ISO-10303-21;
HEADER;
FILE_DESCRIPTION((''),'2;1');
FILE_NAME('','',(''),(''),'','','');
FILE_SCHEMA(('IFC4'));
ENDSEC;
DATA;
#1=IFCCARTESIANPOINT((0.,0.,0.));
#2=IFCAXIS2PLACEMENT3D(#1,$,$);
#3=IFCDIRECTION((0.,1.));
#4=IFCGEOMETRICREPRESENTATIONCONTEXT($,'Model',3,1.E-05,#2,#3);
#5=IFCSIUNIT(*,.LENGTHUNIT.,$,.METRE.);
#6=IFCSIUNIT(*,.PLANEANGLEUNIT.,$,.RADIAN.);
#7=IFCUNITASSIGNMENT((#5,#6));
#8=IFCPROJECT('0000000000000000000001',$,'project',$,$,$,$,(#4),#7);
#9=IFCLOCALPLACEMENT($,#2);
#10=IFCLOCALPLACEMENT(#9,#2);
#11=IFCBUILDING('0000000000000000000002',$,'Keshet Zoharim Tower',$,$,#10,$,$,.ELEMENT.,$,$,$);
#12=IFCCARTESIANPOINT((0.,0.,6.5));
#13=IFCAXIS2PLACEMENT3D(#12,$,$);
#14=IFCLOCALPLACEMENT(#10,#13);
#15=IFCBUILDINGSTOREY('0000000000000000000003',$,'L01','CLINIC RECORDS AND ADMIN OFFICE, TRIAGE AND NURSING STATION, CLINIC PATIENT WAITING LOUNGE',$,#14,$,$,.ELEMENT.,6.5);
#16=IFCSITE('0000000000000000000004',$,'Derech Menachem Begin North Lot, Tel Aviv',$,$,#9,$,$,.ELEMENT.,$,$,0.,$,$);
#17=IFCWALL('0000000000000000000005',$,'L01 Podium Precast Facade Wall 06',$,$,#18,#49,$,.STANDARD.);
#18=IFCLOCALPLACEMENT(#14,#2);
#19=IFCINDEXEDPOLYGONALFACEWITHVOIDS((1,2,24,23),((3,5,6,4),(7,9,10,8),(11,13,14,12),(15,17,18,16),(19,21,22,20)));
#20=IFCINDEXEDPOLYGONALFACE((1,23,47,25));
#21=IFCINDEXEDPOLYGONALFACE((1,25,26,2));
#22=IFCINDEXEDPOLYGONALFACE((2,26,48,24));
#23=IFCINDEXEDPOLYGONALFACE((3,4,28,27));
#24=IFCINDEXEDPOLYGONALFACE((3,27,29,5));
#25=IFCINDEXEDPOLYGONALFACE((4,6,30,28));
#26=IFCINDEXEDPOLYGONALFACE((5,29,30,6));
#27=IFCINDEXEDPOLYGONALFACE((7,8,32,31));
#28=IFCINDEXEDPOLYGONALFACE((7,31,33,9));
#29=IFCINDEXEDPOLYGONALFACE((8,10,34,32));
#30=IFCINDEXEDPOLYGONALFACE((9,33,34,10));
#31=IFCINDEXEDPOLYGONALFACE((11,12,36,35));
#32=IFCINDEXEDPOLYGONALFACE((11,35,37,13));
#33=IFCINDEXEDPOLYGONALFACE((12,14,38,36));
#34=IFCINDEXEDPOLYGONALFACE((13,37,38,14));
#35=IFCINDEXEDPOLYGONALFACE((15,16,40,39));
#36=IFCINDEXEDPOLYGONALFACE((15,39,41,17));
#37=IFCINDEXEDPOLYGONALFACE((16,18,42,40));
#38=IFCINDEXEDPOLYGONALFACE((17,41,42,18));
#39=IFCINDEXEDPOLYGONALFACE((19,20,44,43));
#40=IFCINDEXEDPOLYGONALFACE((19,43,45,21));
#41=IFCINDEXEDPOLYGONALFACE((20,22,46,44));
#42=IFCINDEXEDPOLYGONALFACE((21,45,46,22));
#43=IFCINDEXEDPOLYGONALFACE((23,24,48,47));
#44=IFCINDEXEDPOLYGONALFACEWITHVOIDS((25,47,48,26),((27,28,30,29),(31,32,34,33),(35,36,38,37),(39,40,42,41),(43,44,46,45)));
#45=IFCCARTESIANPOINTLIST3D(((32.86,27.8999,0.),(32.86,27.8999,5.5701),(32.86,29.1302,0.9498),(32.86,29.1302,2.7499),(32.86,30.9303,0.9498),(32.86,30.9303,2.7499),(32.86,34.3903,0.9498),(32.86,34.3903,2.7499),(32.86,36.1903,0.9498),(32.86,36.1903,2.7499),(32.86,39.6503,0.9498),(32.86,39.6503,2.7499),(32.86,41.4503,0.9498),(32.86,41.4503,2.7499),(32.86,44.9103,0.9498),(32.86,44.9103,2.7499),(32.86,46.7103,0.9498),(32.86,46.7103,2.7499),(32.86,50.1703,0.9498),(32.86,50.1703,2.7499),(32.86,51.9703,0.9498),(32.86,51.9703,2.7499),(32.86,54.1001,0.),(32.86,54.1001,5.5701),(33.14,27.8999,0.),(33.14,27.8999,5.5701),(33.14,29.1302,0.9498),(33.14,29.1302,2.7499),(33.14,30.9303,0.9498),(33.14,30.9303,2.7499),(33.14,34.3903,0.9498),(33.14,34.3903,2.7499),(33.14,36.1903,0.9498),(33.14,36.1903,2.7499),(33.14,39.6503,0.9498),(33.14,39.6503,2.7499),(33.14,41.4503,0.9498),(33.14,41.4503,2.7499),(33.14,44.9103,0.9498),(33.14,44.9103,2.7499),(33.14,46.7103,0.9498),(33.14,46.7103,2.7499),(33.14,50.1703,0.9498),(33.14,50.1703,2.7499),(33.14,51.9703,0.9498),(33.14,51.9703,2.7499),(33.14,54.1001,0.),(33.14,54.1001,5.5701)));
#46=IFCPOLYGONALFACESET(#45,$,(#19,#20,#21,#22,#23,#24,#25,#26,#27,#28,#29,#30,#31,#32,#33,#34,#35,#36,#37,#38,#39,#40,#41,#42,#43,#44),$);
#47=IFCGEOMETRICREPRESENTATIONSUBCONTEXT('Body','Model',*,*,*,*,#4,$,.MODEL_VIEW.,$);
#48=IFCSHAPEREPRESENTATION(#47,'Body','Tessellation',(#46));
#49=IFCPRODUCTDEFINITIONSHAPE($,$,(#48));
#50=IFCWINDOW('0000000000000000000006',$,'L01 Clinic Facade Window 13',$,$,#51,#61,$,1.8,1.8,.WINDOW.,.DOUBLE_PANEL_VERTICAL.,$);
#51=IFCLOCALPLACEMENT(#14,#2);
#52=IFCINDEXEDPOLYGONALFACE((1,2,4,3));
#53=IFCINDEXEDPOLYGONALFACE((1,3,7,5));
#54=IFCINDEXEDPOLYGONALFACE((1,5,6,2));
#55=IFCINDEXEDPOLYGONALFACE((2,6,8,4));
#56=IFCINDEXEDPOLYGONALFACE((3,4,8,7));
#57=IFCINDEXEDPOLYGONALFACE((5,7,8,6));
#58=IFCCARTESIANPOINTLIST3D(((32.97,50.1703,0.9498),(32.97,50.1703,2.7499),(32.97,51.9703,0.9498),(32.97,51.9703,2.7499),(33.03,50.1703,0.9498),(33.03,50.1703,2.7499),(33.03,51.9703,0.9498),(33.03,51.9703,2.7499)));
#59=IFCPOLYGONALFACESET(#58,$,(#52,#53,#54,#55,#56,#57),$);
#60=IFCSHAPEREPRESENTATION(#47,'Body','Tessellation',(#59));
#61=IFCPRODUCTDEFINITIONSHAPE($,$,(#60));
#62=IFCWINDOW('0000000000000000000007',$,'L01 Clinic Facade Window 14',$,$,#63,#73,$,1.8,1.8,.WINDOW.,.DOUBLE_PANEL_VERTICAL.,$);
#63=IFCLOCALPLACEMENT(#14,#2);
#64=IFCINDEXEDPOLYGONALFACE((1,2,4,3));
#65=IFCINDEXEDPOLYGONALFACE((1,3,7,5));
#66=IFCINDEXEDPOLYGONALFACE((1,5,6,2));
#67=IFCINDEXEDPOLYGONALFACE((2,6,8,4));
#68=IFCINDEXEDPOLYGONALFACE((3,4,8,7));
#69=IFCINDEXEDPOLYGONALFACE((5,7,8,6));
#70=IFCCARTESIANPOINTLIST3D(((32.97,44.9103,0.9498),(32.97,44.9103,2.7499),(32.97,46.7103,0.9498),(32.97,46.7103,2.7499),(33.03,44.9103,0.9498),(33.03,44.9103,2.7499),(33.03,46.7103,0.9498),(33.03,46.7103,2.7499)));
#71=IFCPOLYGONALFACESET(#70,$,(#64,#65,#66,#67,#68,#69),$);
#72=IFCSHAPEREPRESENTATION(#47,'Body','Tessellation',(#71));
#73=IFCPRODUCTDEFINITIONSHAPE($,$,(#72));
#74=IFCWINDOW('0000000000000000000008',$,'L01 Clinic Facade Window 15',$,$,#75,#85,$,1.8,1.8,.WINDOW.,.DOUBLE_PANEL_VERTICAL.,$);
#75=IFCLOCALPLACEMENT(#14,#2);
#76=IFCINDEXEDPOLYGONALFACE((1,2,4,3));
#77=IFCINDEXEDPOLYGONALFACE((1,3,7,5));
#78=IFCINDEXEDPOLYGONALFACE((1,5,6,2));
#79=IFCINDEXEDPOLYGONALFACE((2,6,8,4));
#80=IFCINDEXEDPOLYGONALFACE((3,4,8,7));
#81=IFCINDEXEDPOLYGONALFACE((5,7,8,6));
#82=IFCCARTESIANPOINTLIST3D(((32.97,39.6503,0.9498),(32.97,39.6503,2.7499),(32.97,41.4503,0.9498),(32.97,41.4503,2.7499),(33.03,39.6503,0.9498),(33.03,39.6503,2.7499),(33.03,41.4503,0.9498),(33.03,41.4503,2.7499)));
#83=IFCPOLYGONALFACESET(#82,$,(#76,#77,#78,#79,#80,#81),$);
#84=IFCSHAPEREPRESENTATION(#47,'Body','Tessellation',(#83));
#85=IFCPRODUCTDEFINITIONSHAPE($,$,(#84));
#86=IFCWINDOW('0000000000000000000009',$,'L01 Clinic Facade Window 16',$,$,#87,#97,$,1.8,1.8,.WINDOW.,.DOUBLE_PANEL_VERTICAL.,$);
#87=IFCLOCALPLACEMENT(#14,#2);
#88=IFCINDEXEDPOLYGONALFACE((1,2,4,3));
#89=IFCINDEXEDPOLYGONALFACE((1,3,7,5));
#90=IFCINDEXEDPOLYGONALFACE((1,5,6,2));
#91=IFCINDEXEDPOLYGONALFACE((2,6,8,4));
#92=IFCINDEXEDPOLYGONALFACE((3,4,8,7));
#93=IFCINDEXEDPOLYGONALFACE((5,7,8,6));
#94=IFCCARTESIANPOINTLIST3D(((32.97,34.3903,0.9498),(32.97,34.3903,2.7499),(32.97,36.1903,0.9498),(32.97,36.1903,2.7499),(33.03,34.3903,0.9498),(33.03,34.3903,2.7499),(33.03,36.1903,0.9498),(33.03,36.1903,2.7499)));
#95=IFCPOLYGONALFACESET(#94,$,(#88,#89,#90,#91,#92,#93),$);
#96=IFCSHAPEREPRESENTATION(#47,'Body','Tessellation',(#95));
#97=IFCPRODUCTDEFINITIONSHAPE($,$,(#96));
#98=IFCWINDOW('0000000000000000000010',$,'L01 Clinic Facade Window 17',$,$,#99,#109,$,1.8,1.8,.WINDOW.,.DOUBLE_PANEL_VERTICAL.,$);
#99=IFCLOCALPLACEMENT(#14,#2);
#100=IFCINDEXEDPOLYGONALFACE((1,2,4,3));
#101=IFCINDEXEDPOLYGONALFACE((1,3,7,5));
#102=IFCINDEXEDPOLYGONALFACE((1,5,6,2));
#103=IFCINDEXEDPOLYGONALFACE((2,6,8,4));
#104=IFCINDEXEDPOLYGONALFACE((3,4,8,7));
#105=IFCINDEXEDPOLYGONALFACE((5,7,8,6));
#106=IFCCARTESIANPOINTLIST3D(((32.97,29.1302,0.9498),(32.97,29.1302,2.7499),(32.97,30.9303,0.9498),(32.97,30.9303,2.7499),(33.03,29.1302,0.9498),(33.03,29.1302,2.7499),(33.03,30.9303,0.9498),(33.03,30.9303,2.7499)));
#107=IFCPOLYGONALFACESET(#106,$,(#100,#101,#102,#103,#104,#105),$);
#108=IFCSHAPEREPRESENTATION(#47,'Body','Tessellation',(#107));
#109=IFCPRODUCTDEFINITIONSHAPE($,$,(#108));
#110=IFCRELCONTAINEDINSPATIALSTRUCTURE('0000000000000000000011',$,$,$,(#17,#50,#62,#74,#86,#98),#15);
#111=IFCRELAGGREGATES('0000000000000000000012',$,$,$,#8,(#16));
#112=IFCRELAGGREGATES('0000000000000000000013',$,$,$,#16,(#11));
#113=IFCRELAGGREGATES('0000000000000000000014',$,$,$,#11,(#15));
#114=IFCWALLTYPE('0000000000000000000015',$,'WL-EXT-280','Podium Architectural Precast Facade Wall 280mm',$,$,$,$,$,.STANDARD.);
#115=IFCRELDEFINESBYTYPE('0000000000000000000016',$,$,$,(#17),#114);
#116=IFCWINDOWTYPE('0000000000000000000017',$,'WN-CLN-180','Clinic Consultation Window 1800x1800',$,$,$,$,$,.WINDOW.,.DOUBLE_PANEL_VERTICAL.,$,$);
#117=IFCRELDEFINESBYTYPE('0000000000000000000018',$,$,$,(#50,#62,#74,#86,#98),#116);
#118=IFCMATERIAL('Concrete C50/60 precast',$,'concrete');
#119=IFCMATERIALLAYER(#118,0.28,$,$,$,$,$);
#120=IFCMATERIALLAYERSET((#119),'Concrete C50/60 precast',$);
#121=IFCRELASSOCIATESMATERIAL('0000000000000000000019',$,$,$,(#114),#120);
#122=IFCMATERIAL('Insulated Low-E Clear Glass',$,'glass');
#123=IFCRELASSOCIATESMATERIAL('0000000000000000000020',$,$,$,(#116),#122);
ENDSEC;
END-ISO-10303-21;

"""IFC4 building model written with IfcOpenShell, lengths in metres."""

from ifc_helpers import new_model, si_unit, direction, frame, frame_2d, origin, place, context, subcontext, project, spatial, rectangle, extrude, material, layer, layer_set, type_object, element, fill, save


model = new_model("IFC4")

# Units and contexts
model_context = context("Model", 3, precision=1e-05, world=origin(), true_north=direction((0.0, 1.0)))
body_context = subcontext(model_context, "Body", "Model", "MODEL_VIEW")
ifc_project = project(units=[si_unit("LENGTHUNIT", "METRE"), si_unit("PLANEANGLEUNIT", "RADIAN")], contexts=[model_context])

# Site, building, storey
site_placement = place(None, origin())
site = spatial("IfcSite", under=ifc_project, at=site_placement, Name="Derech Menachem Begin North Lot, Tel Aviv", CompositionType="ELEMENT", RefElevation=0.0)
building_placement = place(site_placement, origin())
building = spatial("IfcBuilding", under=site, at=building_placement, Name="Keshet Zoharim Tower", CompositionType="ELEMENT")
storey_placement = place(building_placement, frame((0.0, 0.0, 6.5)))
storey = spatial("IfcBuildingStorey", under=building, at=storey_placement, Name="L01", Description="CLINIC RECORDS AND ADMIN OFFICE, TRIAGE AND NURSING STATION, CLINIC PATIENT WAITING LOUNGE", CompositionType="ELEMENT", Elevation=6.5)

# Wall, openings, windows
ifc_material_1 = material(Name="Concrete C50/60 precast", Category="concrete")
ifc_layer = layer(ifc_material_1, 0.28)
ifc_layer_set = layer_set([ifc_layer], Name="Concrete C50/60 precast")
wall_type = type_object("IfcWallType", Name="WL-EXT-280", Description="Podium Architectural Precast Facade Wall 280mm", PredefinedType="STANDARD", material=ifc_layer_set)
wall_placement = place(storey_placement, frame((33.0, 54.1001, 0.0), z_axis=(0.0, 0.0, 1.0), x_axis=(0.0, -1.0, 0.0)))
wall = element("IfcWall", 1, at=wall_placement, inside=storey, type_object=wall_type, Name="L01 Podium Precast Facade Wall 06", PredefinedType="STANDARD", context=body_context, shape_type="SweptSolid", body=[
    extrude(rectangle(XDim=26.2002, YDim=0.28, at=frame_2d((13.1001, 0.0))), origin(), (0.0, 0.0, 1.0), 5.5701),
])
opening_1_placement = place(wall_placement, frame((2.1299, 0.0, 0.95)))
opening_1 = element("IfcOpeningElement", 2, at=opening_1_placement, cuts=wall, PredefinedType="OPENING", context=body_context, shape_type="SweptSolid", body=[
    extrude(rectangle(XDim=1.8, YDim=1.8, at=frame_2d((0.8999, 0.8999))), frame((0.0, 0.1499, 0.0), z_axis=(0.0, -1.0, 0.0), x_axis=(1.0, 0.0, 0.0)), (0.0, 0.0, 1.0), 0.3),
])
opening_2_placement = place(wall_placement, frame((7.3899, 0.0, 0.95)))
opening_2 = element("IfcOpeningElement", 3, at=opening_2_placement, cuts=wall, PredefinedType="OPENING", context=body_context, shape_type="SweptSolid", body=[
    extrude(rectangle(XDim=1.8, YDim=1.8, at=frame_2d((0.8999, 0.8999))), frame((0.0, 0.1499, 0.0), z_axis=(0.0, -1.0, 0.0), x_axis=(1.0, 0.0, 0.0)), (0.0, 0.0, 1.0), 0.3),
])
opening_3_placement = place(wall_placement, frame((12.6499, 0.0, 0.95)))
opening_3 = element("IfcOpeningElement", 4, at=opening_3_placement, cuts=wall, PredefinedType="OPENING", context=body_context, shape_type="SweptSolid", body=[
    extrude(rectangle(XDim=1.8, YDim=1.8, at=frame_2d((0.8999, 0.8999))), frame((0.0, 0.1499, 0.0), z_axis=(0.0, -1.0, 0.0), x_axis=(1.0, 0.0, 0.0)), (0.0, 0.0, 1.0), 0.3),
])
opening_4_placement = place(wall_placement, frame((17.9099, 0.0, 0.95)))
opening_4 = element("IfcOpeningElement", 5, at=opening_4_placement, cuts=wall, PredefinedType="OPENING", context=body_context, shape_type="SweptSolid", body=[
    extrude(rectangle(XDim=1.8, YDim=1.8, at=frame_2d((0.8999, 0.8999))), frame((0.0, 0.1499, 0.0), z_axis=(0.0, -1.0, 0.0), x_axis=(1.0, 0.0, 0.0)), (0.0, 0.0, 1.0), 0.3),
])
opening_5_placement = place(wall_placement, frame((23.1699, 0.0, 0.95)))
opening_5 = element("IfcOpeningElement", 6, at=opening_5_placement, cuts=wall, PredefinedType="OPENING", context=body_context, shape_type="SweptSolid", body=[
    extrude(rectangle(XDim=1.8, YDim=1.8, at=frame_2d((0.8999, 0.8999))), frame((0.0, 0.1499, 0.0), z_axis=(0.0, -1.0, 0.0), x_axis=(1.0, 0.0, 0.0)), (0.0, 0.0, 1.0), 0.3),
])
ifc_material_2 = material(Name="Insulated Low-E Clear Glass", Category="glass")
window_type = type_object("IfcWindowType", Name="WN-CLN-180", Description="Clinic Consultation Window 1800x1800", PartitioningType="DOUBLE_PANEL_VERTICAL", PredefinedType="WINDOW", material=ifc_material_2)
window_1_placement = place(opening_1_placement, origin())
window_1 = element("IfcWindow", 7, at=window_1_placement, inside=storey, type_object=window_type, Name="L01 Clinic Facade Window 13", OverallHeight=1.8, OverallWidth=1.8, PartitioningType="DOUBLE_PANEL_VERTICAL", PredefinedType="WINDOW", context=body_context, shape_type="SweptSolid", body=[
    extrude(rectangle(XDim=1.8, YDim=1.8, at=frame_2d((0.8999, 0.8999))), frame((0.0, 0.03, 0.0), z_axis=(0.0, -1.0, 0.0), x_axis=(1.0, 0.0, 0.0)), (0.0, 0.0, 1.0), 0.0601),
])
fill(opening_1, window_1)
window_2_placement = place(opening_2_placement, origin())
window_2 = element("IfcWindow", 8, at=window_2_placement, inside=storey, type_object=window_type, Name="L01 Clinic Facade Window 14", OverallHeight=1.8, OverallWidth=1.8, PartitioningType="DOUBLE_PANEL_VERTICAL", PredefinedType="WINDOW", context=body_context, shape_type="SweptSolid", body=[
    extrude(rectangle(XDim=1.8, YDim=1.8, at=frame_2d((0.8999, 0.8999))), frame((0.0, 0.03, 0.0), z_axis=(0.0, -1.0, 0.0), x_axis=(1.0, 0.0, 0.0)), (0.0, 0.0, 1.0), 0.0601),
])
fill(opening_2, window_2)
window_3_placement = place(opening_3_placement, origin())
window_3 = element("IfcWindow", 9, at=window_3_placement, inside=storey, type_object=window_type, Name="L01 Clinic Facade Window 15", OverallHeight=1.8, OverallWidth=1.8, PartitioningType="DOUBLE_PANEL_VERTICAL", PredefinedType="WINDOW", context=body_context, shape_type="SweptSolid", body=[
    extrude(rectangle(XDim=1.8, YDim=1.8, at=frame_2d((0.8999, 0.8999))), frame((0.0, 0.03, 0.0), z_axis=(0.0, -1.0, 0.0), x_axis=(1.0, 0.0, 0.0)), (0.0, 0.0, 1.0), 0.0601),
])
fill(opening_3, window_3)
window_4_placement = place(opening_4_placement, origin())
window_4 = element("IfcWindow", 10, at=window_4_placement, inside=storey, type_object=window_type, Name="L01 Clinic Facade Window 16", OverallHeight=1.8, OverallWidth=1.8, PartitioningType="DOUBLE_PANEL_VERTICAL", PredefinedType="WINDOW", context=body_context, shape_type="SweptSolid", body=[
    extrude(rectangle(XDim=1.8, YDim=1.8, at=frame_2d((0.8999, 0.8999))), frame((0.0, 0.03, 0.0), z_axis=(0.0, -1.0, 0.0), x_axis=(1.0, 0.0, 0.0)), (0.0, 0.0, 1.0), 0.0601),
])
fill(opening_4, window_4)
window_5_placement = place(opening_5_placement, origin())
window_5 = element("IfcWindow", 11, at=window_5_placement, inside=storey, type_object=window_type, Name="L01 Clinic Facade Window 17", OverallHeight=1.8, OverallWidth=1.8, PartitioningType="DOUBLE_PANEL_VERTICAL", PredefinedType="WINDOW", context=body_context, shape_type="SweptSolid", body=[
    extrude(rectangle(XDim=1.8, YDim=1.8, at=frame_2d((0.8999, 0.8999))), frame((0.0, 0.03, 0.0), z_axis=(0.0, -1.0, 0.0), x_axis=(1.0, 0.0, 0.0)), (0.0, 0.0, 1.0), 0.0601),
])
fill(opening_5, window_5)

save(model, "model.ifc")
